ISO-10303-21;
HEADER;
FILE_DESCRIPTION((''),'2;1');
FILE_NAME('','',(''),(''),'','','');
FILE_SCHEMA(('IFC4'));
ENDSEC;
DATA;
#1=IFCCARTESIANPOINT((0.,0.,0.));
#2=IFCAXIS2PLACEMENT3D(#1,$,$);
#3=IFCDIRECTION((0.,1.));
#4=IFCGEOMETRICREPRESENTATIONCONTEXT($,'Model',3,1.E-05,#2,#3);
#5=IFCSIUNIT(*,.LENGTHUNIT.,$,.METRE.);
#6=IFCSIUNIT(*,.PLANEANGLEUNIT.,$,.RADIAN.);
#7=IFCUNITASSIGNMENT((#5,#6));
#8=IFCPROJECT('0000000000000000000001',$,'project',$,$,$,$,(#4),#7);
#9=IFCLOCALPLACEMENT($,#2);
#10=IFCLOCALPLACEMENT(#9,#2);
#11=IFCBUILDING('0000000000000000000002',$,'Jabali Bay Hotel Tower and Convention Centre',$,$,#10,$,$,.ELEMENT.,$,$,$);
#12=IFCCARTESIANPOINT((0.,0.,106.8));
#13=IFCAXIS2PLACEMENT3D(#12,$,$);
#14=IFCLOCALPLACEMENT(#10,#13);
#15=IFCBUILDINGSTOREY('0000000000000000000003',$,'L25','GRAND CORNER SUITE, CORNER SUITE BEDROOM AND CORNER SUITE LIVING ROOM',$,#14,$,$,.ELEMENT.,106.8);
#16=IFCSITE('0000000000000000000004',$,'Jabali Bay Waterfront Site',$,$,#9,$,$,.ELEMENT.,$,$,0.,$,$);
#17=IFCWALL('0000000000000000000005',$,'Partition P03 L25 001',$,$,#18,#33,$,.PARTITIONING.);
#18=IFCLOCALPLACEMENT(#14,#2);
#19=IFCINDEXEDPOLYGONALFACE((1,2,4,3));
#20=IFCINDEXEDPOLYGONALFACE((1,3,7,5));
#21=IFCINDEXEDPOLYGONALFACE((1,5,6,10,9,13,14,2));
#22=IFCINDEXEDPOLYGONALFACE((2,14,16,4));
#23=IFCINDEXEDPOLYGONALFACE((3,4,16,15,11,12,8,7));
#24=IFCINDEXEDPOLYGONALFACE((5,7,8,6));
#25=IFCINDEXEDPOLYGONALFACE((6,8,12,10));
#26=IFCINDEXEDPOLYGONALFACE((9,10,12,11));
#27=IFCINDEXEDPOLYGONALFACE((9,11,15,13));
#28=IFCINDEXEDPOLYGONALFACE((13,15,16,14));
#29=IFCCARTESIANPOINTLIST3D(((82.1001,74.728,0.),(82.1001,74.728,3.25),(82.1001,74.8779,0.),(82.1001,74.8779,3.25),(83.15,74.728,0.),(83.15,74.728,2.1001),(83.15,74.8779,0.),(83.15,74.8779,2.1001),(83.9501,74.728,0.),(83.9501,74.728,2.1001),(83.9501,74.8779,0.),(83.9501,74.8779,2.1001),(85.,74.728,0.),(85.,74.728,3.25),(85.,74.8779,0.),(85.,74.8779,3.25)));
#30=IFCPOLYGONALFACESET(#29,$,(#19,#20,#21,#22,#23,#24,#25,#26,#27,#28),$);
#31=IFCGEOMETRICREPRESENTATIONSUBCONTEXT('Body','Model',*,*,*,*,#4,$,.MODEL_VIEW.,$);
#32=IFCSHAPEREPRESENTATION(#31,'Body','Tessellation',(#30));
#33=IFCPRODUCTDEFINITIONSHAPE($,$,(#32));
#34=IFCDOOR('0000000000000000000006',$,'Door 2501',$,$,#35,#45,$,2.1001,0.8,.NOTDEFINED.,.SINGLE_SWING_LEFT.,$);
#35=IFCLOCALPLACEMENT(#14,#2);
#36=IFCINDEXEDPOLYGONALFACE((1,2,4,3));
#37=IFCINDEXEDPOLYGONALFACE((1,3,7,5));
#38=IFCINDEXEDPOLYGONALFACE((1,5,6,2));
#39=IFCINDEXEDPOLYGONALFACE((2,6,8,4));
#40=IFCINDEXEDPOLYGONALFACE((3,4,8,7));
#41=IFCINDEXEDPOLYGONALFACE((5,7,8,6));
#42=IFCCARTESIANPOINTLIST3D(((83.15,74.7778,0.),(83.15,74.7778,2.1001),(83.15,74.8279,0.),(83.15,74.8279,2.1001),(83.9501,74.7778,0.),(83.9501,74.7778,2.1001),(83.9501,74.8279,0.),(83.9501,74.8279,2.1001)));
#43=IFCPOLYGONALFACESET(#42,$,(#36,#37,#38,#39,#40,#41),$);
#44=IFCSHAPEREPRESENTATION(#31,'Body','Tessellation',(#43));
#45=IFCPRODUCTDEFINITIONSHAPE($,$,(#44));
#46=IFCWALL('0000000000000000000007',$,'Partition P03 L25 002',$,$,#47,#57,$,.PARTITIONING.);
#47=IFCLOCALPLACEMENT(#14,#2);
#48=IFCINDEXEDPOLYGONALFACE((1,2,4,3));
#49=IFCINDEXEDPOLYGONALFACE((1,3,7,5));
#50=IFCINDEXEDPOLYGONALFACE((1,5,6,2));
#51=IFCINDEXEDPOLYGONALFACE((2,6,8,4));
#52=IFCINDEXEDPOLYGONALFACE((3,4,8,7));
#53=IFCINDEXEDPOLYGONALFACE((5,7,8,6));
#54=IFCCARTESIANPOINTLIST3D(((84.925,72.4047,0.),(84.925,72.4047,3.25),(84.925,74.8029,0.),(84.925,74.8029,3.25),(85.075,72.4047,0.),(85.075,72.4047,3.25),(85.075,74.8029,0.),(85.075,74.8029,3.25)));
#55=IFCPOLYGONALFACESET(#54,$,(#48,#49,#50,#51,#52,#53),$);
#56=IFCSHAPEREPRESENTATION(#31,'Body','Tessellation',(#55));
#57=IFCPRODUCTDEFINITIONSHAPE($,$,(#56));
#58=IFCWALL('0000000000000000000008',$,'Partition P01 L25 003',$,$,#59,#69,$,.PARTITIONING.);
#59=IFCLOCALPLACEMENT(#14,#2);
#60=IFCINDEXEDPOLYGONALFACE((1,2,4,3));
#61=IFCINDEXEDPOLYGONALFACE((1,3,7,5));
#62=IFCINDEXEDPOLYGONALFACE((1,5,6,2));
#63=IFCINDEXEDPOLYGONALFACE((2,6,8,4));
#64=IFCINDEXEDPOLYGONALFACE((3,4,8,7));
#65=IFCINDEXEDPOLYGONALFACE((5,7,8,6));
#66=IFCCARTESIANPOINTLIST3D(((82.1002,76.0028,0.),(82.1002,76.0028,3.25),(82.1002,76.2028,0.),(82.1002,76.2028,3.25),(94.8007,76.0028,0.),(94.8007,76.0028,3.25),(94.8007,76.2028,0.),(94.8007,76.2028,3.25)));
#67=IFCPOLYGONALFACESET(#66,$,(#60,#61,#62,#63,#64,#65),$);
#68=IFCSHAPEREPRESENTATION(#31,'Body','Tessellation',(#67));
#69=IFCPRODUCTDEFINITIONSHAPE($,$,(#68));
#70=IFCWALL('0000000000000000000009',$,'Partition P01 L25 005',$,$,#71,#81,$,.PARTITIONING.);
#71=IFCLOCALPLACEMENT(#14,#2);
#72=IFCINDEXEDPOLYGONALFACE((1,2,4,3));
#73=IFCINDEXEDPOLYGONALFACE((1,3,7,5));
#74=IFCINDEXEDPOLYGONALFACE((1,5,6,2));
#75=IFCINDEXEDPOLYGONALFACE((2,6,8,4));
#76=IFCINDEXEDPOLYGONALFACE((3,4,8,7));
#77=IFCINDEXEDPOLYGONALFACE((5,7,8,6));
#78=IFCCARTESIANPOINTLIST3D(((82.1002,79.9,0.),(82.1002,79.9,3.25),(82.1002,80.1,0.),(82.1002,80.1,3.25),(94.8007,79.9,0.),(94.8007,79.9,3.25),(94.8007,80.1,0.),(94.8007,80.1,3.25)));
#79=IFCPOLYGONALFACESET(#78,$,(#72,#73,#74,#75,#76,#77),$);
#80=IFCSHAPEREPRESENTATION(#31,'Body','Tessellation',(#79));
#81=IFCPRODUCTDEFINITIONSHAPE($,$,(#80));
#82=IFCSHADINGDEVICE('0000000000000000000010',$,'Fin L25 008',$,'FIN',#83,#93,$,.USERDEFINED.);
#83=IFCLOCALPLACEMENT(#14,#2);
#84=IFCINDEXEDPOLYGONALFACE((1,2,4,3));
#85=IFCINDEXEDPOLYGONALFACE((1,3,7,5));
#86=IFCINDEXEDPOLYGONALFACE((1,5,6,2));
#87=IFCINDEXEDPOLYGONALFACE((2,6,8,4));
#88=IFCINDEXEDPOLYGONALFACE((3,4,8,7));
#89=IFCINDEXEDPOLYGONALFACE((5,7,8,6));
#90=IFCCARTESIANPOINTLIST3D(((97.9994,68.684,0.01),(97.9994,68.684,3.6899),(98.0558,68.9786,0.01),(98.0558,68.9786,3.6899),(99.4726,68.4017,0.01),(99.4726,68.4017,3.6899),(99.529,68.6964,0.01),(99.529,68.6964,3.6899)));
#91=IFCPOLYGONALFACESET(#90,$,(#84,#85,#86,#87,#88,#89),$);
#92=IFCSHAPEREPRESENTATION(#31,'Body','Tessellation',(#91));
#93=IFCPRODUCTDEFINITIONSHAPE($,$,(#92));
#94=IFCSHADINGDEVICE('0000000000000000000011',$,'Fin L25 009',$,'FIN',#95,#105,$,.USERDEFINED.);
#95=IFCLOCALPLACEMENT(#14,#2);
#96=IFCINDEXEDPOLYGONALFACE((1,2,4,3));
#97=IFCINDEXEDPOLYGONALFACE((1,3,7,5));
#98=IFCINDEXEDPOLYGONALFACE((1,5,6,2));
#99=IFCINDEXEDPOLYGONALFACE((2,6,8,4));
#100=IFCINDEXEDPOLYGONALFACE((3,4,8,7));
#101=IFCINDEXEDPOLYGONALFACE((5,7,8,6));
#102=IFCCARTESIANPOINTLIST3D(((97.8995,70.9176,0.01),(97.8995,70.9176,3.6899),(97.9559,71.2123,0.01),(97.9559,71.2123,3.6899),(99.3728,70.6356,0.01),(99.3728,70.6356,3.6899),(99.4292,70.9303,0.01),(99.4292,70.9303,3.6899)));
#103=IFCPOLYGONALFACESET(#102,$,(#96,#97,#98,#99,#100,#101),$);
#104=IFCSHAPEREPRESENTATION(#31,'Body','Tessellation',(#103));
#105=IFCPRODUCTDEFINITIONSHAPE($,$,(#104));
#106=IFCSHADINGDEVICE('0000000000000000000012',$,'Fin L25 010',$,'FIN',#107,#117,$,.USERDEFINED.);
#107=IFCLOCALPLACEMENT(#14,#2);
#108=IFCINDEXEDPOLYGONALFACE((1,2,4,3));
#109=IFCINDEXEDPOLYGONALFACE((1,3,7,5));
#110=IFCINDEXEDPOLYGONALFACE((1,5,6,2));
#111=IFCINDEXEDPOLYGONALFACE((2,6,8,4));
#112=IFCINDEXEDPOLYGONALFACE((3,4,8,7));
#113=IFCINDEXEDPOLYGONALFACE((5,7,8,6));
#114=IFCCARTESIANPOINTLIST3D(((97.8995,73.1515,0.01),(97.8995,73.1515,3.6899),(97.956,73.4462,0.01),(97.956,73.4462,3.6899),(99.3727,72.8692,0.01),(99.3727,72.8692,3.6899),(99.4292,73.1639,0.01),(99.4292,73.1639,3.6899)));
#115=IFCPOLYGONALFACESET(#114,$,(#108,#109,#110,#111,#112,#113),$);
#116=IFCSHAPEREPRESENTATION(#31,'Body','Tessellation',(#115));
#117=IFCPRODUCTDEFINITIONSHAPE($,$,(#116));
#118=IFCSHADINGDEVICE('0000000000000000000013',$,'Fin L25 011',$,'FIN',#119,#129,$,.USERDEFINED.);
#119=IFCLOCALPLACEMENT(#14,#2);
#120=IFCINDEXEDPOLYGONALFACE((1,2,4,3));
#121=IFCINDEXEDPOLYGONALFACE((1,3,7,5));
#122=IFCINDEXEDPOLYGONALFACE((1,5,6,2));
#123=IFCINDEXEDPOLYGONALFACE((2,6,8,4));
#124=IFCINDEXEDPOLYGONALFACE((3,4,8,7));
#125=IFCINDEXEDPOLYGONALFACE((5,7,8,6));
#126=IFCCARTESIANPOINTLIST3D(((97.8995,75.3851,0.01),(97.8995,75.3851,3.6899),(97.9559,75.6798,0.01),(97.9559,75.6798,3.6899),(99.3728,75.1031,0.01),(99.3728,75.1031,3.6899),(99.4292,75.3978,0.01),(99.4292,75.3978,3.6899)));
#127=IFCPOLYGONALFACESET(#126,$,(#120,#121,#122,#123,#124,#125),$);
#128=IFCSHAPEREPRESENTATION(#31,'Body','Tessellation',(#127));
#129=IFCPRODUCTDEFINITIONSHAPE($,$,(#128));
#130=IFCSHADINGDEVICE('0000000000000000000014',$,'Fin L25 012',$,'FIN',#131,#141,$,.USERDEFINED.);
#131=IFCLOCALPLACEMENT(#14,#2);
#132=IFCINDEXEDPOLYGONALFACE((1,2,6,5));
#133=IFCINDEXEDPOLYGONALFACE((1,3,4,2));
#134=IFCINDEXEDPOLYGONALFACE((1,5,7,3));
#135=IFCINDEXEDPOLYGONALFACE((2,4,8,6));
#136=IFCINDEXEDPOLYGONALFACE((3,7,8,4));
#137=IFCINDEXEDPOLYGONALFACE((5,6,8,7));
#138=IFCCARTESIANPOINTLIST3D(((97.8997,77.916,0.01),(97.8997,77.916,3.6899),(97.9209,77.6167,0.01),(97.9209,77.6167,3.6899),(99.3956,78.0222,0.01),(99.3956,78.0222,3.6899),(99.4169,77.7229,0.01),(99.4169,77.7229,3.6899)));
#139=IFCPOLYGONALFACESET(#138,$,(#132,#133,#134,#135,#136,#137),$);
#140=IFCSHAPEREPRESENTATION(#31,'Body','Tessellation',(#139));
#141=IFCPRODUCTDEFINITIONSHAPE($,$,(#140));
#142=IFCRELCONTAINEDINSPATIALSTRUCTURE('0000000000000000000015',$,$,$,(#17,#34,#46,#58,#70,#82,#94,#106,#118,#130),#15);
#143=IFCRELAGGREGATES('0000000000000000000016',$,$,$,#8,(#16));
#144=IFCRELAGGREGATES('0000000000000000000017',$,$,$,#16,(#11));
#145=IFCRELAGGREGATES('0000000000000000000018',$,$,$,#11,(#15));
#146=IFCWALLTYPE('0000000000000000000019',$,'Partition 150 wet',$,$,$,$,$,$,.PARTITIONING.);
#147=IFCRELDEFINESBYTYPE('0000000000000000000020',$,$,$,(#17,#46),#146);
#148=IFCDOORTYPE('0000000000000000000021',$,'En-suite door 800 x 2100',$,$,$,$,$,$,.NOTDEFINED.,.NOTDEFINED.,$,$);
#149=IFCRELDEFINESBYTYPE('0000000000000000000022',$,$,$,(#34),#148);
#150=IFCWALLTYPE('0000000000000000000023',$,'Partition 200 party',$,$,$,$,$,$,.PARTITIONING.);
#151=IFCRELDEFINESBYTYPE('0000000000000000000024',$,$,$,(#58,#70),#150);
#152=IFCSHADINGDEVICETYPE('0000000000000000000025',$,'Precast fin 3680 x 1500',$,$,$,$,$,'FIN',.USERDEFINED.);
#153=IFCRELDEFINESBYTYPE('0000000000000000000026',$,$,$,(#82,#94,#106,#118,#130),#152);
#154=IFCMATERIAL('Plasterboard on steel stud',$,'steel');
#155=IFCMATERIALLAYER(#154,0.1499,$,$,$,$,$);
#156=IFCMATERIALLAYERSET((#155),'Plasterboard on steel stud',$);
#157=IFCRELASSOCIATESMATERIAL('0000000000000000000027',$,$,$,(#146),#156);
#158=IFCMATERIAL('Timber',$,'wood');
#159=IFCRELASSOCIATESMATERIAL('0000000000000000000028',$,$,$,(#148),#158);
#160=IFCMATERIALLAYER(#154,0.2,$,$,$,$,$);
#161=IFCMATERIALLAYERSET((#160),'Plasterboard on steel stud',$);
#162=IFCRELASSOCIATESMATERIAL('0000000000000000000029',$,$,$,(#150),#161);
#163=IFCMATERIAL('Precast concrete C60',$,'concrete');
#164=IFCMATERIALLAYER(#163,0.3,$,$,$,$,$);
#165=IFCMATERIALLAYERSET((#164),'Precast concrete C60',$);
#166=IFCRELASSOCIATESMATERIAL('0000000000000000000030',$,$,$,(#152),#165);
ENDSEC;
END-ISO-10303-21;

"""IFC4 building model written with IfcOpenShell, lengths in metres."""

from ifc_helpers import new_model, si_unit, direction, frame, frame_2d, origin, place, context, subcontext, project, spatial, rectangle, extrude, material, layer, layer_set, type_object, element, fill, save


model = new_model("IFC4")

# Units and contexts
model_context = context("Model", 3, precision=1e-05, world=origin(), true_north=direction((0.0, 1.0)))
body_context = subcontext(model_context, "Body", "Model", "MODEL_VIEW")
ifc_project = project(units=[si_unit("LENGTHUNIT", "METRE"), si_unit("PLANEANGLEUNIT", "RADIAN")], contexts=[model_context])

# Site, building, storey
site_placement = place(None, origin())
site = spatial("IfcSite", under=ifc_project, at=site_placement, Name="Jabali Bay Waterfront Site", CompositionType="ELEMENT", RefElevation=0.0)
building_placement = place(site_placement, origin())
building = spatial("IfcBuilding", under=site, at=building_placement, Name="Jabali Bay Hotel Tower and Convention Centre", CompositionType="ELEMENT")
storey_placement = place(building_placement, frame((0.0, 0.0, 106.8)))
storey = spatial("IfcBuildingStorey", under=building, at=storey_placement, Name="L25", Description="GRAND CORNER SUITE, CORNER SUITE BEDROOM AND CORNER SUITE LIVING ROOM", CompositionType="ELEMENT", Elevation=106.8)

# Shared definitions
ifc_material_1 = material(Name="Timber", Category="wood")

# Wall, opening, door
ifc_material_2 = material(Name="Plasterboard on steel stud", Category="steel")
ifc_layer_1 = layer(ifc_material_2, 0.1499)
ifc_layer_set_1 = layer_set([ifc_layer_1], Name="Plasterboard on steel stud")
wall_type_1 = type_object("IfcWallType", Name="Partition 150 wet", PredefinedType="PARTITIONING", material=ifc_layer_set_1)
wall_1_placement = place(storey_placement, frame((82.1001, 74.803, 0.0), z_axis=(0.0, 0.0, 1.0), x_axis=(1.0, 0.0, 0.0)))
wall_1 = element("IfcWall", 1, at=wall_1_placement, inside=storey, type_object=wall_type_1, Name="Partition P03 L25 001", PredefinedType="PARTITIONING", context=body_context, shape_type="SweptSolid", body=[
    extrude(rectangle(XDim=2.8999, YDim=0.1499, at=frame_2d((1.45, 0.0))), origin(), (0.0, 0.0, 1.0), 3.25),
])
opening_1_placement = place(wall_1_placement, frame((1.05, 0.0, 0.0)))
opening_1 = element("IfcOpeningElement", 2, at=opening_1_placement, cuts=wall_1, PredefinedType="OPENING", context=body_context, shape_type="SweptSolid", body=[
    extrude(rectangle(XDim=0.8, YDim=2.1001, at=frame_2d((0.3999, 1.05))), frame((0.0, 0.0854, 0.0), z_axis=(0.0, -1.0, 0.0), x_axis=(1.0, 0.0, 0.0)), (0.0, 0.0, 1.0), 0.1709),
])
door_type_1 = type_object("IfcDoorType", Name="En-suite door 800 x 2100", OperationType="NOTDEFINED", PredefinedType="NOTDEFINED", material=ifc_material_1)
door_1_placement = place(opening_1_placement, origin())
door_1 = element("IfcDoor", 3, at=door_1_placement, inside=storey, type_object=door_type_1, Name="Door 2501", OperationType="SINGLE_SWING_LEFT", OverallHeight=2.1001, OverallWidth=0.8, PredefinedType="NOTDEFINED", context=body_context, shape_type="SweptSolid", body=[
    extrude(rectangle(XDim=0.8, YDim=2.1001, at=frame_2d((0.3999, 1.05))), frame((0.0, 0.0249, 0.0), z_axis=(0.0, -1.0, 0.0), x_axis=(1.0, 0.0, 0.0)), (0.0, 0.0, 1.0), 0.05),
])
fill(opening_1, door_1)

# Walls
wall_2_placement = place(storey_placement, frame((85.0, 74.803, 0.0), z_axis=(0.0, 0.0, 1.0), x_axis=(0.0, -1.0, 0.0)))
element("IfcWall", 4, at=wall_2_placement, inside=storey, type_object=wall_type_1, Name="Partition P03 L25 002", PredefinedType="PARTITIONING", context=body_context, shape_type="SweptSolid", body=[
    extrude(rectangle(XDim=2.3982, YDim=0.1499, at=frame_2d((1.1992, 0.0))), origin(), (0.0, 0.0, 1.0), 3.25),
])
ifc_layer_2 = layer(ifc_material_2, 0.2)
ifc_layer_set_2 = layer_set([ifc_layer_2], Name="Plasterboard on steel stud")
wall_type_2 = type_object("IfcWallType", Name="Partition 200 party", PredefinedType="PARTITIONING", material=ifc_layer_set_2)
for number, where, z_axis, x_axis, name in (
    (5, (94.8005, 76.1028, 0.0), (0.0, 0.0, 1.0), (-1.0, 0.0, 0.0), "Partition P01 L25 003"),
    (6, (94.8005, 80.0, 0.0), (0.0, 0.0, 1.0), (-1.0, 0.0, 0.0), "Partition P01 L25 005"),
):
    element("IfcWall", number, at=place(storey_placement, frame(where, z_axis=z_axis, x_axis=x_axis)), inside=storey, type_object=wall_type_2, Name=name, PredefinedType="PARTITIONING", context=body_context, shape_type="SweptSolid", body=[
        extrude(rectangle(XDim=12.7004, YDim=0.2, at=frame_2d((6.3501, 0.0))), origin(), (0.0, 0.0, 1.0), 3.25),
    ])

# Shading devices
ifc_material_3 = material(Name="Precast concrete C60", Category="concrete")
ifc_layer_3 = layer(ifc_material_3, 0.3)
ifc_layer_set_3 = layer_set([ifc_layer_3], Name="Precast concrete C60")
shading_device_type = type_object("IfcShadingDeviceType", Name="Precast fin 3680 x 1500", ElementType="FIN", PredefinedType="USERDEFINED", material=ifc_layer_set_3)
for number, where, z_axis, x_axis, name in (
    (7, (98.0276, 68.8313, 0.01), (0.0, 0.0, 1.0), (0.982139, -0.188159, 0.0), "Fin L25 008"),
    (8, (97.9277, 71.0649, 0.01), (0.0, 0.0, 1.0), (0.982169, -0.188002, 0.0), "Fin L25 009"),
    (9, (97.9277, 73.2988, 0.01), (0.0, 0.0, 1.0), (0.982139, -0.188159, 0.0), "Fin L25 010"),
    (10, (97.9277, 75.5325, 0.01), (0.0, 0.0, 1.0), (0.982169, -0.188002, 0.0), "Fin L25 011"),
):
    element("IfcShadingDevice", number, at=place(storey_placement, frame(where, z_axis=z_axis, x_axis=x_axis)), inside=storey, type_object=shading_device_type, Name=name, ObjectType="FIN", PredefinedType="USERDEFINED", context=body_context, shape_type="SweptSolid", body=[
        extrude(rectangle(XDim=1.5, YDim=0.3, at=frame_2d((0.75, 0.0))), origin(), (0.0, 0.0, 1.0), 3.6799),
    ])
shading_device_placement = place(storey_placement, frame((97.9102, 77.7664, 0.01), z_axis=(0.0, 0.0, 1.0), x_axis=(0.99749, 0.070807, 0.0)))
element("IfcShadingDevice", 11, at=shading_device_placement, inside=storey, type_object=shading_device_type, Name="Fin L25 012", ObjectType="FIN", PredefinedType="USERDEFINED", context=body_context, shape_type="SweptSolid", body=[
    extrude(rectangle(XDim=1.4998, YDim=0.3, at=frame_2d((0.75, 0.0))), origin(), (0.0, 0.0, 1.0), 3.6799),
])

save(model, "model.ifc")
